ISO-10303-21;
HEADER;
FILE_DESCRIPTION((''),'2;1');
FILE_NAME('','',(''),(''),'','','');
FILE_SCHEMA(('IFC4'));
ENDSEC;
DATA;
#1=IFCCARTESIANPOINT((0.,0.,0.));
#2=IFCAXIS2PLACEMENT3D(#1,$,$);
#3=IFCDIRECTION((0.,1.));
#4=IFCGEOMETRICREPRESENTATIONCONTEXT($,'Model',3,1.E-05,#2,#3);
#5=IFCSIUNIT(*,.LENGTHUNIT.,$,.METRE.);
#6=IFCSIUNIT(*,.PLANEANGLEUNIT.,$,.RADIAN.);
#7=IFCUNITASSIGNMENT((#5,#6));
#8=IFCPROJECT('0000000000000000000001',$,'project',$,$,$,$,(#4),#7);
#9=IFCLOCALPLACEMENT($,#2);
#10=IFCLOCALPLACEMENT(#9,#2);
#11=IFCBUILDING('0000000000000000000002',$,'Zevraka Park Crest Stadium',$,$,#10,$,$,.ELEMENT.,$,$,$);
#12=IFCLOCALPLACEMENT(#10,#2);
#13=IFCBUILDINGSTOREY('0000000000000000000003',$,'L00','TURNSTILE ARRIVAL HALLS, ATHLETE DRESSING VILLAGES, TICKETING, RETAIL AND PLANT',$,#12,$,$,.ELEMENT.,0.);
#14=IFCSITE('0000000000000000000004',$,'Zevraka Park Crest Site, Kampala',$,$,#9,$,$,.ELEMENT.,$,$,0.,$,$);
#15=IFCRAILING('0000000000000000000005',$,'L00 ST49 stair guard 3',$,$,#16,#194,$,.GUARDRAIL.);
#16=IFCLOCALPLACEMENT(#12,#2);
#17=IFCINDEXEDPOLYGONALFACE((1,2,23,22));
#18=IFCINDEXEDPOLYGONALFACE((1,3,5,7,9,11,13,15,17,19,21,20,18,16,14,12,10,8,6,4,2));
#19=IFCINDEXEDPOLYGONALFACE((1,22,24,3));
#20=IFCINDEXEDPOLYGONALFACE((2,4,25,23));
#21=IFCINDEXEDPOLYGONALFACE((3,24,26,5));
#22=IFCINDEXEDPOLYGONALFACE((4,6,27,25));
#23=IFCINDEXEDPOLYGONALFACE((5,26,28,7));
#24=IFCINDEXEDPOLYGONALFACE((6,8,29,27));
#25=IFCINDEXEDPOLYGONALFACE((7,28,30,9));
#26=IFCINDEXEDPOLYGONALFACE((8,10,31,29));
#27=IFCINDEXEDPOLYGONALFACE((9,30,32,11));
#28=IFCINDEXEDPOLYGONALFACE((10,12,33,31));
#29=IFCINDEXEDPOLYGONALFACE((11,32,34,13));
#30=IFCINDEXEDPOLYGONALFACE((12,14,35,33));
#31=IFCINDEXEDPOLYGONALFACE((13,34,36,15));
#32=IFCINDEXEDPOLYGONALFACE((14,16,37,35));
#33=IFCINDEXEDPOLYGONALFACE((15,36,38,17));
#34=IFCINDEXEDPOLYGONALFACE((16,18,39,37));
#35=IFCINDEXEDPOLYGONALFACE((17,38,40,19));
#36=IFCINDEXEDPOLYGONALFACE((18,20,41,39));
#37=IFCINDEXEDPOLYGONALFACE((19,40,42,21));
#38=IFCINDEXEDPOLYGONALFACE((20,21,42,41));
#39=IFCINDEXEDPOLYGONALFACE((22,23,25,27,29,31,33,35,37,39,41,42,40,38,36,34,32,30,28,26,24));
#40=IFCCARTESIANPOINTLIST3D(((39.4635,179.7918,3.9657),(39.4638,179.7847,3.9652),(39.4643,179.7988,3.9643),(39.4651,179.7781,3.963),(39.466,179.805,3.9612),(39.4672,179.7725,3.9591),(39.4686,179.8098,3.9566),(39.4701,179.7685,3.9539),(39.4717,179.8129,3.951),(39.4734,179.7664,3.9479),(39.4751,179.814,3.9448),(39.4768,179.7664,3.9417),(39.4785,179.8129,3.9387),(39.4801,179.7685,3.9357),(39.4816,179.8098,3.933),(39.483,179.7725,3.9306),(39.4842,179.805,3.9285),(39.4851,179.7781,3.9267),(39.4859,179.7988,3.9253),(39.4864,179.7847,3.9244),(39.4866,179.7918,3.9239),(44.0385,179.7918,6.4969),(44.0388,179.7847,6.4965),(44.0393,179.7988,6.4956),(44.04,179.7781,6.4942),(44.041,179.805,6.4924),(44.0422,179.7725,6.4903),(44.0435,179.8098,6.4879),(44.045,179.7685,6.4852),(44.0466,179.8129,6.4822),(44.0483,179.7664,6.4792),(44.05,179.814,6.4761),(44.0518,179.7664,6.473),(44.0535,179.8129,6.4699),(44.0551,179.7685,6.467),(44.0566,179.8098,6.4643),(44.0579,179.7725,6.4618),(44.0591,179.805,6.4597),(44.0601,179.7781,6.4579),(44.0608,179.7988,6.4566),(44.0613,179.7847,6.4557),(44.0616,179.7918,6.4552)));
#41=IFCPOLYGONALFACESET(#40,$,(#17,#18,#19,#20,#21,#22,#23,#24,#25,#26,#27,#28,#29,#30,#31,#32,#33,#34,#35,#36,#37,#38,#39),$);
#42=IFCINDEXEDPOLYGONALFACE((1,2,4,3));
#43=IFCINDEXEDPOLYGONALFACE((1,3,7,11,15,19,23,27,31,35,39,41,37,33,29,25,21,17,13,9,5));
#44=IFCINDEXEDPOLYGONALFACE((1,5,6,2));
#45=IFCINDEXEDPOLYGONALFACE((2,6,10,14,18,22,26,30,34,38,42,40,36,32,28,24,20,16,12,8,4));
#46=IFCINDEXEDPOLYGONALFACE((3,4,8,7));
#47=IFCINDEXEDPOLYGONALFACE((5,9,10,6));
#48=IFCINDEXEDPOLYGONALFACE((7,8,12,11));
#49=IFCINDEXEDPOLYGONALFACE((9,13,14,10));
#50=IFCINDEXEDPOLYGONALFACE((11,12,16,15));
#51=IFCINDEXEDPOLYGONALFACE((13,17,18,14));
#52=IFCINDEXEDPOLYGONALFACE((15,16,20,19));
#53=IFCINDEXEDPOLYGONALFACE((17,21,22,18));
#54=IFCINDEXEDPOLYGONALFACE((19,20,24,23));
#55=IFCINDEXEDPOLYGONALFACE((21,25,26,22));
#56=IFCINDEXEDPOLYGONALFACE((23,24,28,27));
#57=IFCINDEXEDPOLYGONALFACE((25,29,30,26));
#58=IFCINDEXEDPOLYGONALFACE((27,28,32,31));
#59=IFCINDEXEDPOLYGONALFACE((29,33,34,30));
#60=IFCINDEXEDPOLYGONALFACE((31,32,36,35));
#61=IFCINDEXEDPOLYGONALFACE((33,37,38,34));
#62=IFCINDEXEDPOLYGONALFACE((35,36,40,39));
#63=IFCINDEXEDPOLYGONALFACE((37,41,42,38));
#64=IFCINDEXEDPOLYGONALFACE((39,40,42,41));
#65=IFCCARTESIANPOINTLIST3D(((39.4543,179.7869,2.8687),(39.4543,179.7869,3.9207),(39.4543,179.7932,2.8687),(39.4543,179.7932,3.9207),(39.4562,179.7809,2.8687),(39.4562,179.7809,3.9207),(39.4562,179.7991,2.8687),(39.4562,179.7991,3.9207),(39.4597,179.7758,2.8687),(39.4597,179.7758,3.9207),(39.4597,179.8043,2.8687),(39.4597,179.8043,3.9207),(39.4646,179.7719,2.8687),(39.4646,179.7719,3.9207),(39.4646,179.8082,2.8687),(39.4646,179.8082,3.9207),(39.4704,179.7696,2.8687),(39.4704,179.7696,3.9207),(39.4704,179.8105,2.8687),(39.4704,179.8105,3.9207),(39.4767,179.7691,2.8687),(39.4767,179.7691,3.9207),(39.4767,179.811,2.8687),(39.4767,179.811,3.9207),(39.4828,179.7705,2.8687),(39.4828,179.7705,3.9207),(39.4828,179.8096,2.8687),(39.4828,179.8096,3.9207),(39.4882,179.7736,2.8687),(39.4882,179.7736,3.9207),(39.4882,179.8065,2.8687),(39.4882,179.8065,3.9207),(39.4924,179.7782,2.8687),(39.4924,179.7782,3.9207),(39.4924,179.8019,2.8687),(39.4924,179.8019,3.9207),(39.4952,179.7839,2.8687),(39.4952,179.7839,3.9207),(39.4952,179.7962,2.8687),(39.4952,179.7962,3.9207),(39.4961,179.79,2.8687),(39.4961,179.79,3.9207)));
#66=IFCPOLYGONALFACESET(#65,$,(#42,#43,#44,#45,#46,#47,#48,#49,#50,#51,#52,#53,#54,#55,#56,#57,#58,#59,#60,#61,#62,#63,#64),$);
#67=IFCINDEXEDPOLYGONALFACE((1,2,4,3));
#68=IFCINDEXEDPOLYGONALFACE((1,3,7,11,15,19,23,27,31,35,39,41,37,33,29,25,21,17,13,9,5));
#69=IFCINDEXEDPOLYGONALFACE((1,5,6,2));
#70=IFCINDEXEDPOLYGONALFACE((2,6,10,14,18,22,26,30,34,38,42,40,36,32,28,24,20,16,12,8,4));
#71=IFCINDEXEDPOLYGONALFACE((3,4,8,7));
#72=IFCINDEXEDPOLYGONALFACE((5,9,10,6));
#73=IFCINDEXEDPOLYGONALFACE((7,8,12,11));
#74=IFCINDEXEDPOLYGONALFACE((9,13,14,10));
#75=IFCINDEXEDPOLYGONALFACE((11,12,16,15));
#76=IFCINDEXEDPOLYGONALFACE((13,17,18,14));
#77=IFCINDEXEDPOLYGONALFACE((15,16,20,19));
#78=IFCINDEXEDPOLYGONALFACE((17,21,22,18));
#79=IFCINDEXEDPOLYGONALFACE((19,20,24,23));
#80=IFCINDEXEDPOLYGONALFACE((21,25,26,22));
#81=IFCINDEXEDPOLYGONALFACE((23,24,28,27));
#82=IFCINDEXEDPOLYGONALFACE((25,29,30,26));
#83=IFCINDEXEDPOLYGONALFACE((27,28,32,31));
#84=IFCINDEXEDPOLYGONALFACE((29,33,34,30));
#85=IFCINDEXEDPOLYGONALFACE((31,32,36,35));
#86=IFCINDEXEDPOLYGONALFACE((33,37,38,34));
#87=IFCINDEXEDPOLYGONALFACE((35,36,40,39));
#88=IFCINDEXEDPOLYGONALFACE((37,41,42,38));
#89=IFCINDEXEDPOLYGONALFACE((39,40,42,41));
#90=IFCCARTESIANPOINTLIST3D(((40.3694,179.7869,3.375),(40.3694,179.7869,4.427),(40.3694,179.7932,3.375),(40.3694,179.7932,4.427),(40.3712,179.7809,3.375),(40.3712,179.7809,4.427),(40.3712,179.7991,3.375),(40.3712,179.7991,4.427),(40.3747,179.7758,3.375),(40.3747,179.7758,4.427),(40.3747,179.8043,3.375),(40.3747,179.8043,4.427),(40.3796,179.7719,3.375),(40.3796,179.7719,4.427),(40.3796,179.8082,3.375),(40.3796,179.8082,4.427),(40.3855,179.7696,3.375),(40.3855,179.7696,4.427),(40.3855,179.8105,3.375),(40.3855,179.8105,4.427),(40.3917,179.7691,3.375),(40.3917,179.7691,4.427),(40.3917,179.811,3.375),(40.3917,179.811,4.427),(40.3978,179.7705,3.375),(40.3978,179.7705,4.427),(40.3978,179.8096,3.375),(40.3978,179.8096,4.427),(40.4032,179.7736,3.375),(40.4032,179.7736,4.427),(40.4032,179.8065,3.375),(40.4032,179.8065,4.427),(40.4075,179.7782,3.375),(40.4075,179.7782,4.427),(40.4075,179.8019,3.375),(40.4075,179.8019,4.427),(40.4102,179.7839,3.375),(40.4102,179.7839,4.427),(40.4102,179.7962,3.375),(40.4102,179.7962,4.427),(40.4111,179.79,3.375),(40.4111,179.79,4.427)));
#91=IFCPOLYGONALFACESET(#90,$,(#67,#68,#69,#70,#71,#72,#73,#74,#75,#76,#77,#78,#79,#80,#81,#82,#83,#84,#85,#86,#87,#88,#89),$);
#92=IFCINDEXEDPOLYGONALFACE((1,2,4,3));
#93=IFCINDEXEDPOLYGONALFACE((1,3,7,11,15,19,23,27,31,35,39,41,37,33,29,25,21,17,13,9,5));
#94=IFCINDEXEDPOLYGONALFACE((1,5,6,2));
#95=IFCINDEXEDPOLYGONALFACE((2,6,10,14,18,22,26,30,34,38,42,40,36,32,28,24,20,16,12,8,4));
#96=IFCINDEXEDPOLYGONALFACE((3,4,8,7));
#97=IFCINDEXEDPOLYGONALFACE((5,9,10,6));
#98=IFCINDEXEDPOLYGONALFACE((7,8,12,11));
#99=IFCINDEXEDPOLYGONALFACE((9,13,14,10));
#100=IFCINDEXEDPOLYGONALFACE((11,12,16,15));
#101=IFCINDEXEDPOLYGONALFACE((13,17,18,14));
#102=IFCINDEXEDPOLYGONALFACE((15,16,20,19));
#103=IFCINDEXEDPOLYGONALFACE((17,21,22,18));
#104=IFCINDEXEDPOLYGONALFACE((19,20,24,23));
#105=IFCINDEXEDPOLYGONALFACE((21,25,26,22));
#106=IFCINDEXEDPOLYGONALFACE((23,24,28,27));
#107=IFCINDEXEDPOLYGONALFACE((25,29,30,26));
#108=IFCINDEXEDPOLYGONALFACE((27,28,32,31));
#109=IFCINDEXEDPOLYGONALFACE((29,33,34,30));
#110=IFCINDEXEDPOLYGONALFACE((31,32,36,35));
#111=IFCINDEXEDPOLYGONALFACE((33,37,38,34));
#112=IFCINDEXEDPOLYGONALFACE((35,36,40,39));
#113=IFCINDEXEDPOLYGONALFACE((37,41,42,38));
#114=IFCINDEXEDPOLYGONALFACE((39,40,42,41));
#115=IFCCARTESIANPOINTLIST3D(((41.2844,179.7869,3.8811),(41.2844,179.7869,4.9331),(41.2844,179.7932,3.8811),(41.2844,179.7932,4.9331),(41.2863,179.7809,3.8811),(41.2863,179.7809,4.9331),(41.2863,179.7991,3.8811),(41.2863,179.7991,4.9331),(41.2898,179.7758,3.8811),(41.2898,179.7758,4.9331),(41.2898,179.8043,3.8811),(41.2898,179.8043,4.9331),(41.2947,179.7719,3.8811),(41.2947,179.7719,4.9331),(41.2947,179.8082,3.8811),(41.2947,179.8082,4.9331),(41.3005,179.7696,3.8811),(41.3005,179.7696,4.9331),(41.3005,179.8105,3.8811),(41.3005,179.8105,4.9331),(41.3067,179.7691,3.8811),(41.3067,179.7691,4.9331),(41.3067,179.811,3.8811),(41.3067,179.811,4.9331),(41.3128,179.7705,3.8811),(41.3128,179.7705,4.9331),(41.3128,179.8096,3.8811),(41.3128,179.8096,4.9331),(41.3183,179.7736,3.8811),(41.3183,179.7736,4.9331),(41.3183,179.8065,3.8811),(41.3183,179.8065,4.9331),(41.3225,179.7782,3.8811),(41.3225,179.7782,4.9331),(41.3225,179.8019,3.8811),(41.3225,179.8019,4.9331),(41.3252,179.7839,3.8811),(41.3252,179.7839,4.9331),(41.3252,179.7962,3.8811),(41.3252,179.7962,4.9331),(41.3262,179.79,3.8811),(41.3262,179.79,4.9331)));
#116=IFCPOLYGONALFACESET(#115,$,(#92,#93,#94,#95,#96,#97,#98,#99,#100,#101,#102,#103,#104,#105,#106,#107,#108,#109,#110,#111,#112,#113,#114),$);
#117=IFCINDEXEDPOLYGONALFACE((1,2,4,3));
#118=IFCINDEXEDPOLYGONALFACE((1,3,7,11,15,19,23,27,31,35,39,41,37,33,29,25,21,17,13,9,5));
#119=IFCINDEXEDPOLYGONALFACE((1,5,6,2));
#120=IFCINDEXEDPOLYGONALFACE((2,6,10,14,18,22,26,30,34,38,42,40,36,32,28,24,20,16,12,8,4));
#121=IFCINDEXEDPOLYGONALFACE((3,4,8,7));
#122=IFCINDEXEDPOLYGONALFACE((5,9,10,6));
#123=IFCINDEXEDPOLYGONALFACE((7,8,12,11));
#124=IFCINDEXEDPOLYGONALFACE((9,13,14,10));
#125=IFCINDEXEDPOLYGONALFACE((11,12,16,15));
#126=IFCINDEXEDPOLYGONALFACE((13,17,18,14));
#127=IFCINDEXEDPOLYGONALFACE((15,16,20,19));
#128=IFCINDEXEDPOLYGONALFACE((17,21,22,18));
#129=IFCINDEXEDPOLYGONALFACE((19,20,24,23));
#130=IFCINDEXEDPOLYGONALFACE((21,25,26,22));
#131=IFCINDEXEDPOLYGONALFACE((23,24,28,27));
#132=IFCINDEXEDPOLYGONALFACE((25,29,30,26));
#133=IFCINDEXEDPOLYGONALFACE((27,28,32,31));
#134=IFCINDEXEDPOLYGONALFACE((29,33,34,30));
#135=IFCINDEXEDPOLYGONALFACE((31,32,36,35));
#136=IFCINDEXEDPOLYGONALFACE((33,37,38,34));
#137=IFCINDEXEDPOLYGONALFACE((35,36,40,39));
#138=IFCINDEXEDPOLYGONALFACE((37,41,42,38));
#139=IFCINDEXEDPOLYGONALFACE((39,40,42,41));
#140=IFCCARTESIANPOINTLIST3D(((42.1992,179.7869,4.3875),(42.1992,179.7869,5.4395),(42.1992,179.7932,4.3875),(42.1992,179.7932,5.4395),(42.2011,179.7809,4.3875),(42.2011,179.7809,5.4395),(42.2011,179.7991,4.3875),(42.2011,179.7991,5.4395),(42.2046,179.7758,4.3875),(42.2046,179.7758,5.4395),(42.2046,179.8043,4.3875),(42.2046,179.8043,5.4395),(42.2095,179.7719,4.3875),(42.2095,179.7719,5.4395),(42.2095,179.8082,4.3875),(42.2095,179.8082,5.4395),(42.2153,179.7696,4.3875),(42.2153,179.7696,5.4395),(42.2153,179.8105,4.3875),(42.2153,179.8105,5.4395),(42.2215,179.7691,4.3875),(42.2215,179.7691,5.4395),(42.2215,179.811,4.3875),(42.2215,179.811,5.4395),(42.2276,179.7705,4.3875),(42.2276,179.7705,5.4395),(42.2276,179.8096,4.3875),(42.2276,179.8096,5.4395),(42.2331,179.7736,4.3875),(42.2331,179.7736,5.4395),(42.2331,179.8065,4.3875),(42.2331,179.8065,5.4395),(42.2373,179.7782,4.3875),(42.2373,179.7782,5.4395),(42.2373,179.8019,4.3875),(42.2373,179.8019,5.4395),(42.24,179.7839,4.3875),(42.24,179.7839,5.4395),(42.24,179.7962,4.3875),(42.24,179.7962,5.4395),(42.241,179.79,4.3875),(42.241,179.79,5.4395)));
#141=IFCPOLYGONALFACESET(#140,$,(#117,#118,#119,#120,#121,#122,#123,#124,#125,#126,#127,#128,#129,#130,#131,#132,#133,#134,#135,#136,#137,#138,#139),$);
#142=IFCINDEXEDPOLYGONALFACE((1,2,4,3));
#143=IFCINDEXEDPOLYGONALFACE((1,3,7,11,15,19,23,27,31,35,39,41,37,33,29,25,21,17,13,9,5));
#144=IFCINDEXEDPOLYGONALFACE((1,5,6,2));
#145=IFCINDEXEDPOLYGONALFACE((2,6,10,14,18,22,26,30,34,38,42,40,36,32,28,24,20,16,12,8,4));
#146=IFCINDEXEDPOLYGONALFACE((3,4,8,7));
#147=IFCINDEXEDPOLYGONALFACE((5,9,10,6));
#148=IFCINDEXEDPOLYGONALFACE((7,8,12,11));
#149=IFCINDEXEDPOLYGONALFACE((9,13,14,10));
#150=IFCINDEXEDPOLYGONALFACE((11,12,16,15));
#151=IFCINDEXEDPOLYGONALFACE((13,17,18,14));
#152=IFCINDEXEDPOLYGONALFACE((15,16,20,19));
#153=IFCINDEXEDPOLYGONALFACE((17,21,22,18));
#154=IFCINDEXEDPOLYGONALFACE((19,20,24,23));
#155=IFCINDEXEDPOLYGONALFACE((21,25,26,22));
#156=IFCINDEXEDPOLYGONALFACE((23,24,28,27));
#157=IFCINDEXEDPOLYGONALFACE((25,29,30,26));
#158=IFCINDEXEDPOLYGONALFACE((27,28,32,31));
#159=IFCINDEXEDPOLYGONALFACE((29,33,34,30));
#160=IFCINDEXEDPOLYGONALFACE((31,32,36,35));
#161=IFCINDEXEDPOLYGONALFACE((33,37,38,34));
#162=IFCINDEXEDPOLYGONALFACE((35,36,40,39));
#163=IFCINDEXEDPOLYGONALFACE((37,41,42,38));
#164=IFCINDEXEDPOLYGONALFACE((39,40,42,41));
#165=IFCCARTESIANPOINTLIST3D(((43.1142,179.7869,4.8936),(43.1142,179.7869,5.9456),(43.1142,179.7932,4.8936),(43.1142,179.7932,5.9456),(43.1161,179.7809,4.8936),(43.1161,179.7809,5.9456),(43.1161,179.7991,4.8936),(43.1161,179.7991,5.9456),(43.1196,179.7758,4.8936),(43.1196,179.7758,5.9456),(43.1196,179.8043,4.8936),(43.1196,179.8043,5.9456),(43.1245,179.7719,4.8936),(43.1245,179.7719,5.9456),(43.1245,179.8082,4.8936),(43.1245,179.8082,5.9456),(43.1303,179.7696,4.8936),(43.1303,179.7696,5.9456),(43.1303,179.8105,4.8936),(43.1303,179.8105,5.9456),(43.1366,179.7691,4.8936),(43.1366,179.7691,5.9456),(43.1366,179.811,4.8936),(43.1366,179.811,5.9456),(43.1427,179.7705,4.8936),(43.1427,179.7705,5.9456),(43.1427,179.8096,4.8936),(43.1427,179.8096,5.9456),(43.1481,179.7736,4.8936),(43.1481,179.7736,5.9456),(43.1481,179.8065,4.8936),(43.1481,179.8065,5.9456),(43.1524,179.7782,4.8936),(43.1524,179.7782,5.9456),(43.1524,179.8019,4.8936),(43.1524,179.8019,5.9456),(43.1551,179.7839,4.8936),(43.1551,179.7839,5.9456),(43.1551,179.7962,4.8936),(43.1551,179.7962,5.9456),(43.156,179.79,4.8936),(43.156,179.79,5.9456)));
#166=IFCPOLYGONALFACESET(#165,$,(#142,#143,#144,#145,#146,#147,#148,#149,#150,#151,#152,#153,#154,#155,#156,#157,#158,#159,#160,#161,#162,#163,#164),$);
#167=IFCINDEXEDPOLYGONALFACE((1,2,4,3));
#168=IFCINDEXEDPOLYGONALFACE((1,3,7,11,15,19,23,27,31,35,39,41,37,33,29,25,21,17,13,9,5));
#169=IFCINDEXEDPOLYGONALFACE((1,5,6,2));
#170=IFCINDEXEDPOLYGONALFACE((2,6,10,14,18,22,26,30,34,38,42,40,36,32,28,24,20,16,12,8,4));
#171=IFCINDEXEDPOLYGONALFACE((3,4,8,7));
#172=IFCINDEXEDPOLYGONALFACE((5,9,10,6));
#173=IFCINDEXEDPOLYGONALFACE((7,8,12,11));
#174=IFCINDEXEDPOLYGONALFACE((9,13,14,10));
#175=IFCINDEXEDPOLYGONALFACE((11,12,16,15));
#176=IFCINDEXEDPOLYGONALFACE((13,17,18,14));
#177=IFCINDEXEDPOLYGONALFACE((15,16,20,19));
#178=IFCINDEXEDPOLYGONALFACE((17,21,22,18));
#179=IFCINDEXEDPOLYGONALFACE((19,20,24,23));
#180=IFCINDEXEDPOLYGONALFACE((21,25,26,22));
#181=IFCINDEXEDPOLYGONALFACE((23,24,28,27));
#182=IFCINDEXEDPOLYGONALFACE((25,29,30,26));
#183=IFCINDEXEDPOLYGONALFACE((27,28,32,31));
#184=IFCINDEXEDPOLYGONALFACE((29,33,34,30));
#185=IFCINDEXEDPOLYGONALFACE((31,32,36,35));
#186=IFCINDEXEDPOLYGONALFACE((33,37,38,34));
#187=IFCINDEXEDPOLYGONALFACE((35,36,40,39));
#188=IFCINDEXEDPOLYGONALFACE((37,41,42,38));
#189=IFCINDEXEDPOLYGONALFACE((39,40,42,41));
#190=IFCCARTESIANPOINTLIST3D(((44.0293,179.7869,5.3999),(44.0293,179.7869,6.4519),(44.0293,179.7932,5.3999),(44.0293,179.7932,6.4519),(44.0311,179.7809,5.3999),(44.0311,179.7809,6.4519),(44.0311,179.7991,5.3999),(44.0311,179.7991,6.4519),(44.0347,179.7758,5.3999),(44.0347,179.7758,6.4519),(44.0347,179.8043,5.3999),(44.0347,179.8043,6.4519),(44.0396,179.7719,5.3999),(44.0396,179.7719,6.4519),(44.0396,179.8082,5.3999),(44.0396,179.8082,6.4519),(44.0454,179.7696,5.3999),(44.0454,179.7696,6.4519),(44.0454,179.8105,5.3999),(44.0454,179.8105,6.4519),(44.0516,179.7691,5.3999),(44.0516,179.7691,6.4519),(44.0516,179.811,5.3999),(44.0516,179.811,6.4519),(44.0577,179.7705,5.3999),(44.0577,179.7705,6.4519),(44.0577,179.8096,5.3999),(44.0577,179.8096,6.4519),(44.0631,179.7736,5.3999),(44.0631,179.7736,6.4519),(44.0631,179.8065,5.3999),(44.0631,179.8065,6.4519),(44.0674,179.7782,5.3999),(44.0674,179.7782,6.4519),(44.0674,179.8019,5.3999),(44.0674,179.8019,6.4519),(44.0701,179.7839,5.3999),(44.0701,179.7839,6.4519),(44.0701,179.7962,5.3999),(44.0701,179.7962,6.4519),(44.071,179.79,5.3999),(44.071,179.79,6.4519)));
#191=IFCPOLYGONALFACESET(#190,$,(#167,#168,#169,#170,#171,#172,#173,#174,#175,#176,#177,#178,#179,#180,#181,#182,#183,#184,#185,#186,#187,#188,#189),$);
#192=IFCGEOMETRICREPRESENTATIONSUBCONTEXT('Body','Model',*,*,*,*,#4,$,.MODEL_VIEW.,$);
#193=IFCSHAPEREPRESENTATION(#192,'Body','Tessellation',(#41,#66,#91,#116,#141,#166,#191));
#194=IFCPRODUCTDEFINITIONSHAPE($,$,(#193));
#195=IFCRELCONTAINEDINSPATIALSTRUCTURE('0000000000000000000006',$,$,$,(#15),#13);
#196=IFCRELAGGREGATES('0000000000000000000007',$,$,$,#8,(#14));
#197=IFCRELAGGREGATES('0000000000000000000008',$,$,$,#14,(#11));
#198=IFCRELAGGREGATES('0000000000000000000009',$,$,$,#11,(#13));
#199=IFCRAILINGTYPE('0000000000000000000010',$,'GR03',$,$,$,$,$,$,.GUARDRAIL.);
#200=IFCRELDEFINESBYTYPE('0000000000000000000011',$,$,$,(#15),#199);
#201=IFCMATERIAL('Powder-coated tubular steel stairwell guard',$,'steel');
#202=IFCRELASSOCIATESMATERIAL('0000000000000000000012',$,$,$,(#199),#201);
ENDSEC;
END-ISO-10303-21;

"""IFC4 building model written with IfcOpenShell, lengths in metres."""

from ifc_helpers import new_model, si_unit, direction, frame, origin, origin_2d, place, context, subcontext, project, spatial, circle, extrude, material, type_object, element, save


model = new_model("IFC4")

# Units and contexts
model_context = context("Model", 3, precision=1e-05, world=origin(), true_north=direction((0.0, 1.0)))
body_context = subcontext(model_context, "Body", "Model", "MODEL_VIEW")
ifc_project = project(units=[si_unit("LENGTHUNIT", "METRE"), si_unit("PLANEANGLEUNIT", "RADIAN")], contexts=[model_context])

# Site, building, storey
site_placement = place(None, origin())
site = spatial("IfcSite", under=ifc_project, at=site_placement, Name="Zevraka Park Crest Site, Kampala", CompositionType="ELEMENT", RefElevation=0.0)
building_placement = place(site_placement, origin())
building = spatial("IfcBuilding", under=site, at=building_placement, Name="Zevraka Park Crest Stadium", CompositionType="ELEMENT")
storey_placement = place(building_placement, origin())
storey = spatial("IfcBuildingStorey", under=building, at=storey_placement, Name="L00", Description="TURNSTILE ARRIVAL HALLS, ATHLETE DRESSING VILLAGES, TICKETING, RETAIL AND PLANT", CompositionType="ELEMENT", Elevation=0.0)

# Railing
ifc_material_1 = material(Name="Powder-coated tubular steel stairwell guard", Category="steel")
railing_type_1 = type_object("IfcRailingType", Name="GR03", PredefinedType="GUARDRAIL", material=ifc_material_1)
railing_1_placement = place(storey_placement, frame((39.4751, 179.79, 2.8687)))
element("IfcRailing", 1, at=railing_1_placement, inside=storey, type_object=railing_type_1, Name="L00 ST49 stair guard 3", PredefinedType="GUARDRAIL", context=body_context, shape_type="SweptSolid", body=[
    extrude(circle(Radius=0.0239, at=origin_2d()), frame((0.0, 0.0, 1.0762), z_axis=(0.875, 0.0, 0.484124), x_axis=(0.0, 1.0, 0.0)), (0.0, 0.0, 1.0), 5.2285),
    extrude(circle(Radius=0.021, at=origin_2d()), origin(), (0.0, 0.0, 1.0), 1.052),
    extrude(circle(Radius=0.021, at=origin_2d()), frame((0.915, 0.0, 0.5063)), (0.0, 0.0, 1.0), 1.052),
    extrude(circle(Radius=0.021, at=origin_2d()), frame((1.8301, 0.0, 1.0125)), (0.0, 0.0, 1.0), 1.052),
    extrude(circle(Radius=0.021, at=origin_2d()), frame((2.7449, 0.0, 1.5188)), (0.0, 0.0, 1.0), 1.052),
    extrude(circle(Radius=0.021, at=origin_2d()), frame((3.6599, 0.0, 2.0249)), (0.0, 0.0, 1.0), 1.052),
    extrude(circle(Radius=0.021, at=origin_2d()), frame((4.575, 0.0, 2.5312)), (0.0, 0.0, 1.0), 1.052),
])

save(model, "model.ifc")
